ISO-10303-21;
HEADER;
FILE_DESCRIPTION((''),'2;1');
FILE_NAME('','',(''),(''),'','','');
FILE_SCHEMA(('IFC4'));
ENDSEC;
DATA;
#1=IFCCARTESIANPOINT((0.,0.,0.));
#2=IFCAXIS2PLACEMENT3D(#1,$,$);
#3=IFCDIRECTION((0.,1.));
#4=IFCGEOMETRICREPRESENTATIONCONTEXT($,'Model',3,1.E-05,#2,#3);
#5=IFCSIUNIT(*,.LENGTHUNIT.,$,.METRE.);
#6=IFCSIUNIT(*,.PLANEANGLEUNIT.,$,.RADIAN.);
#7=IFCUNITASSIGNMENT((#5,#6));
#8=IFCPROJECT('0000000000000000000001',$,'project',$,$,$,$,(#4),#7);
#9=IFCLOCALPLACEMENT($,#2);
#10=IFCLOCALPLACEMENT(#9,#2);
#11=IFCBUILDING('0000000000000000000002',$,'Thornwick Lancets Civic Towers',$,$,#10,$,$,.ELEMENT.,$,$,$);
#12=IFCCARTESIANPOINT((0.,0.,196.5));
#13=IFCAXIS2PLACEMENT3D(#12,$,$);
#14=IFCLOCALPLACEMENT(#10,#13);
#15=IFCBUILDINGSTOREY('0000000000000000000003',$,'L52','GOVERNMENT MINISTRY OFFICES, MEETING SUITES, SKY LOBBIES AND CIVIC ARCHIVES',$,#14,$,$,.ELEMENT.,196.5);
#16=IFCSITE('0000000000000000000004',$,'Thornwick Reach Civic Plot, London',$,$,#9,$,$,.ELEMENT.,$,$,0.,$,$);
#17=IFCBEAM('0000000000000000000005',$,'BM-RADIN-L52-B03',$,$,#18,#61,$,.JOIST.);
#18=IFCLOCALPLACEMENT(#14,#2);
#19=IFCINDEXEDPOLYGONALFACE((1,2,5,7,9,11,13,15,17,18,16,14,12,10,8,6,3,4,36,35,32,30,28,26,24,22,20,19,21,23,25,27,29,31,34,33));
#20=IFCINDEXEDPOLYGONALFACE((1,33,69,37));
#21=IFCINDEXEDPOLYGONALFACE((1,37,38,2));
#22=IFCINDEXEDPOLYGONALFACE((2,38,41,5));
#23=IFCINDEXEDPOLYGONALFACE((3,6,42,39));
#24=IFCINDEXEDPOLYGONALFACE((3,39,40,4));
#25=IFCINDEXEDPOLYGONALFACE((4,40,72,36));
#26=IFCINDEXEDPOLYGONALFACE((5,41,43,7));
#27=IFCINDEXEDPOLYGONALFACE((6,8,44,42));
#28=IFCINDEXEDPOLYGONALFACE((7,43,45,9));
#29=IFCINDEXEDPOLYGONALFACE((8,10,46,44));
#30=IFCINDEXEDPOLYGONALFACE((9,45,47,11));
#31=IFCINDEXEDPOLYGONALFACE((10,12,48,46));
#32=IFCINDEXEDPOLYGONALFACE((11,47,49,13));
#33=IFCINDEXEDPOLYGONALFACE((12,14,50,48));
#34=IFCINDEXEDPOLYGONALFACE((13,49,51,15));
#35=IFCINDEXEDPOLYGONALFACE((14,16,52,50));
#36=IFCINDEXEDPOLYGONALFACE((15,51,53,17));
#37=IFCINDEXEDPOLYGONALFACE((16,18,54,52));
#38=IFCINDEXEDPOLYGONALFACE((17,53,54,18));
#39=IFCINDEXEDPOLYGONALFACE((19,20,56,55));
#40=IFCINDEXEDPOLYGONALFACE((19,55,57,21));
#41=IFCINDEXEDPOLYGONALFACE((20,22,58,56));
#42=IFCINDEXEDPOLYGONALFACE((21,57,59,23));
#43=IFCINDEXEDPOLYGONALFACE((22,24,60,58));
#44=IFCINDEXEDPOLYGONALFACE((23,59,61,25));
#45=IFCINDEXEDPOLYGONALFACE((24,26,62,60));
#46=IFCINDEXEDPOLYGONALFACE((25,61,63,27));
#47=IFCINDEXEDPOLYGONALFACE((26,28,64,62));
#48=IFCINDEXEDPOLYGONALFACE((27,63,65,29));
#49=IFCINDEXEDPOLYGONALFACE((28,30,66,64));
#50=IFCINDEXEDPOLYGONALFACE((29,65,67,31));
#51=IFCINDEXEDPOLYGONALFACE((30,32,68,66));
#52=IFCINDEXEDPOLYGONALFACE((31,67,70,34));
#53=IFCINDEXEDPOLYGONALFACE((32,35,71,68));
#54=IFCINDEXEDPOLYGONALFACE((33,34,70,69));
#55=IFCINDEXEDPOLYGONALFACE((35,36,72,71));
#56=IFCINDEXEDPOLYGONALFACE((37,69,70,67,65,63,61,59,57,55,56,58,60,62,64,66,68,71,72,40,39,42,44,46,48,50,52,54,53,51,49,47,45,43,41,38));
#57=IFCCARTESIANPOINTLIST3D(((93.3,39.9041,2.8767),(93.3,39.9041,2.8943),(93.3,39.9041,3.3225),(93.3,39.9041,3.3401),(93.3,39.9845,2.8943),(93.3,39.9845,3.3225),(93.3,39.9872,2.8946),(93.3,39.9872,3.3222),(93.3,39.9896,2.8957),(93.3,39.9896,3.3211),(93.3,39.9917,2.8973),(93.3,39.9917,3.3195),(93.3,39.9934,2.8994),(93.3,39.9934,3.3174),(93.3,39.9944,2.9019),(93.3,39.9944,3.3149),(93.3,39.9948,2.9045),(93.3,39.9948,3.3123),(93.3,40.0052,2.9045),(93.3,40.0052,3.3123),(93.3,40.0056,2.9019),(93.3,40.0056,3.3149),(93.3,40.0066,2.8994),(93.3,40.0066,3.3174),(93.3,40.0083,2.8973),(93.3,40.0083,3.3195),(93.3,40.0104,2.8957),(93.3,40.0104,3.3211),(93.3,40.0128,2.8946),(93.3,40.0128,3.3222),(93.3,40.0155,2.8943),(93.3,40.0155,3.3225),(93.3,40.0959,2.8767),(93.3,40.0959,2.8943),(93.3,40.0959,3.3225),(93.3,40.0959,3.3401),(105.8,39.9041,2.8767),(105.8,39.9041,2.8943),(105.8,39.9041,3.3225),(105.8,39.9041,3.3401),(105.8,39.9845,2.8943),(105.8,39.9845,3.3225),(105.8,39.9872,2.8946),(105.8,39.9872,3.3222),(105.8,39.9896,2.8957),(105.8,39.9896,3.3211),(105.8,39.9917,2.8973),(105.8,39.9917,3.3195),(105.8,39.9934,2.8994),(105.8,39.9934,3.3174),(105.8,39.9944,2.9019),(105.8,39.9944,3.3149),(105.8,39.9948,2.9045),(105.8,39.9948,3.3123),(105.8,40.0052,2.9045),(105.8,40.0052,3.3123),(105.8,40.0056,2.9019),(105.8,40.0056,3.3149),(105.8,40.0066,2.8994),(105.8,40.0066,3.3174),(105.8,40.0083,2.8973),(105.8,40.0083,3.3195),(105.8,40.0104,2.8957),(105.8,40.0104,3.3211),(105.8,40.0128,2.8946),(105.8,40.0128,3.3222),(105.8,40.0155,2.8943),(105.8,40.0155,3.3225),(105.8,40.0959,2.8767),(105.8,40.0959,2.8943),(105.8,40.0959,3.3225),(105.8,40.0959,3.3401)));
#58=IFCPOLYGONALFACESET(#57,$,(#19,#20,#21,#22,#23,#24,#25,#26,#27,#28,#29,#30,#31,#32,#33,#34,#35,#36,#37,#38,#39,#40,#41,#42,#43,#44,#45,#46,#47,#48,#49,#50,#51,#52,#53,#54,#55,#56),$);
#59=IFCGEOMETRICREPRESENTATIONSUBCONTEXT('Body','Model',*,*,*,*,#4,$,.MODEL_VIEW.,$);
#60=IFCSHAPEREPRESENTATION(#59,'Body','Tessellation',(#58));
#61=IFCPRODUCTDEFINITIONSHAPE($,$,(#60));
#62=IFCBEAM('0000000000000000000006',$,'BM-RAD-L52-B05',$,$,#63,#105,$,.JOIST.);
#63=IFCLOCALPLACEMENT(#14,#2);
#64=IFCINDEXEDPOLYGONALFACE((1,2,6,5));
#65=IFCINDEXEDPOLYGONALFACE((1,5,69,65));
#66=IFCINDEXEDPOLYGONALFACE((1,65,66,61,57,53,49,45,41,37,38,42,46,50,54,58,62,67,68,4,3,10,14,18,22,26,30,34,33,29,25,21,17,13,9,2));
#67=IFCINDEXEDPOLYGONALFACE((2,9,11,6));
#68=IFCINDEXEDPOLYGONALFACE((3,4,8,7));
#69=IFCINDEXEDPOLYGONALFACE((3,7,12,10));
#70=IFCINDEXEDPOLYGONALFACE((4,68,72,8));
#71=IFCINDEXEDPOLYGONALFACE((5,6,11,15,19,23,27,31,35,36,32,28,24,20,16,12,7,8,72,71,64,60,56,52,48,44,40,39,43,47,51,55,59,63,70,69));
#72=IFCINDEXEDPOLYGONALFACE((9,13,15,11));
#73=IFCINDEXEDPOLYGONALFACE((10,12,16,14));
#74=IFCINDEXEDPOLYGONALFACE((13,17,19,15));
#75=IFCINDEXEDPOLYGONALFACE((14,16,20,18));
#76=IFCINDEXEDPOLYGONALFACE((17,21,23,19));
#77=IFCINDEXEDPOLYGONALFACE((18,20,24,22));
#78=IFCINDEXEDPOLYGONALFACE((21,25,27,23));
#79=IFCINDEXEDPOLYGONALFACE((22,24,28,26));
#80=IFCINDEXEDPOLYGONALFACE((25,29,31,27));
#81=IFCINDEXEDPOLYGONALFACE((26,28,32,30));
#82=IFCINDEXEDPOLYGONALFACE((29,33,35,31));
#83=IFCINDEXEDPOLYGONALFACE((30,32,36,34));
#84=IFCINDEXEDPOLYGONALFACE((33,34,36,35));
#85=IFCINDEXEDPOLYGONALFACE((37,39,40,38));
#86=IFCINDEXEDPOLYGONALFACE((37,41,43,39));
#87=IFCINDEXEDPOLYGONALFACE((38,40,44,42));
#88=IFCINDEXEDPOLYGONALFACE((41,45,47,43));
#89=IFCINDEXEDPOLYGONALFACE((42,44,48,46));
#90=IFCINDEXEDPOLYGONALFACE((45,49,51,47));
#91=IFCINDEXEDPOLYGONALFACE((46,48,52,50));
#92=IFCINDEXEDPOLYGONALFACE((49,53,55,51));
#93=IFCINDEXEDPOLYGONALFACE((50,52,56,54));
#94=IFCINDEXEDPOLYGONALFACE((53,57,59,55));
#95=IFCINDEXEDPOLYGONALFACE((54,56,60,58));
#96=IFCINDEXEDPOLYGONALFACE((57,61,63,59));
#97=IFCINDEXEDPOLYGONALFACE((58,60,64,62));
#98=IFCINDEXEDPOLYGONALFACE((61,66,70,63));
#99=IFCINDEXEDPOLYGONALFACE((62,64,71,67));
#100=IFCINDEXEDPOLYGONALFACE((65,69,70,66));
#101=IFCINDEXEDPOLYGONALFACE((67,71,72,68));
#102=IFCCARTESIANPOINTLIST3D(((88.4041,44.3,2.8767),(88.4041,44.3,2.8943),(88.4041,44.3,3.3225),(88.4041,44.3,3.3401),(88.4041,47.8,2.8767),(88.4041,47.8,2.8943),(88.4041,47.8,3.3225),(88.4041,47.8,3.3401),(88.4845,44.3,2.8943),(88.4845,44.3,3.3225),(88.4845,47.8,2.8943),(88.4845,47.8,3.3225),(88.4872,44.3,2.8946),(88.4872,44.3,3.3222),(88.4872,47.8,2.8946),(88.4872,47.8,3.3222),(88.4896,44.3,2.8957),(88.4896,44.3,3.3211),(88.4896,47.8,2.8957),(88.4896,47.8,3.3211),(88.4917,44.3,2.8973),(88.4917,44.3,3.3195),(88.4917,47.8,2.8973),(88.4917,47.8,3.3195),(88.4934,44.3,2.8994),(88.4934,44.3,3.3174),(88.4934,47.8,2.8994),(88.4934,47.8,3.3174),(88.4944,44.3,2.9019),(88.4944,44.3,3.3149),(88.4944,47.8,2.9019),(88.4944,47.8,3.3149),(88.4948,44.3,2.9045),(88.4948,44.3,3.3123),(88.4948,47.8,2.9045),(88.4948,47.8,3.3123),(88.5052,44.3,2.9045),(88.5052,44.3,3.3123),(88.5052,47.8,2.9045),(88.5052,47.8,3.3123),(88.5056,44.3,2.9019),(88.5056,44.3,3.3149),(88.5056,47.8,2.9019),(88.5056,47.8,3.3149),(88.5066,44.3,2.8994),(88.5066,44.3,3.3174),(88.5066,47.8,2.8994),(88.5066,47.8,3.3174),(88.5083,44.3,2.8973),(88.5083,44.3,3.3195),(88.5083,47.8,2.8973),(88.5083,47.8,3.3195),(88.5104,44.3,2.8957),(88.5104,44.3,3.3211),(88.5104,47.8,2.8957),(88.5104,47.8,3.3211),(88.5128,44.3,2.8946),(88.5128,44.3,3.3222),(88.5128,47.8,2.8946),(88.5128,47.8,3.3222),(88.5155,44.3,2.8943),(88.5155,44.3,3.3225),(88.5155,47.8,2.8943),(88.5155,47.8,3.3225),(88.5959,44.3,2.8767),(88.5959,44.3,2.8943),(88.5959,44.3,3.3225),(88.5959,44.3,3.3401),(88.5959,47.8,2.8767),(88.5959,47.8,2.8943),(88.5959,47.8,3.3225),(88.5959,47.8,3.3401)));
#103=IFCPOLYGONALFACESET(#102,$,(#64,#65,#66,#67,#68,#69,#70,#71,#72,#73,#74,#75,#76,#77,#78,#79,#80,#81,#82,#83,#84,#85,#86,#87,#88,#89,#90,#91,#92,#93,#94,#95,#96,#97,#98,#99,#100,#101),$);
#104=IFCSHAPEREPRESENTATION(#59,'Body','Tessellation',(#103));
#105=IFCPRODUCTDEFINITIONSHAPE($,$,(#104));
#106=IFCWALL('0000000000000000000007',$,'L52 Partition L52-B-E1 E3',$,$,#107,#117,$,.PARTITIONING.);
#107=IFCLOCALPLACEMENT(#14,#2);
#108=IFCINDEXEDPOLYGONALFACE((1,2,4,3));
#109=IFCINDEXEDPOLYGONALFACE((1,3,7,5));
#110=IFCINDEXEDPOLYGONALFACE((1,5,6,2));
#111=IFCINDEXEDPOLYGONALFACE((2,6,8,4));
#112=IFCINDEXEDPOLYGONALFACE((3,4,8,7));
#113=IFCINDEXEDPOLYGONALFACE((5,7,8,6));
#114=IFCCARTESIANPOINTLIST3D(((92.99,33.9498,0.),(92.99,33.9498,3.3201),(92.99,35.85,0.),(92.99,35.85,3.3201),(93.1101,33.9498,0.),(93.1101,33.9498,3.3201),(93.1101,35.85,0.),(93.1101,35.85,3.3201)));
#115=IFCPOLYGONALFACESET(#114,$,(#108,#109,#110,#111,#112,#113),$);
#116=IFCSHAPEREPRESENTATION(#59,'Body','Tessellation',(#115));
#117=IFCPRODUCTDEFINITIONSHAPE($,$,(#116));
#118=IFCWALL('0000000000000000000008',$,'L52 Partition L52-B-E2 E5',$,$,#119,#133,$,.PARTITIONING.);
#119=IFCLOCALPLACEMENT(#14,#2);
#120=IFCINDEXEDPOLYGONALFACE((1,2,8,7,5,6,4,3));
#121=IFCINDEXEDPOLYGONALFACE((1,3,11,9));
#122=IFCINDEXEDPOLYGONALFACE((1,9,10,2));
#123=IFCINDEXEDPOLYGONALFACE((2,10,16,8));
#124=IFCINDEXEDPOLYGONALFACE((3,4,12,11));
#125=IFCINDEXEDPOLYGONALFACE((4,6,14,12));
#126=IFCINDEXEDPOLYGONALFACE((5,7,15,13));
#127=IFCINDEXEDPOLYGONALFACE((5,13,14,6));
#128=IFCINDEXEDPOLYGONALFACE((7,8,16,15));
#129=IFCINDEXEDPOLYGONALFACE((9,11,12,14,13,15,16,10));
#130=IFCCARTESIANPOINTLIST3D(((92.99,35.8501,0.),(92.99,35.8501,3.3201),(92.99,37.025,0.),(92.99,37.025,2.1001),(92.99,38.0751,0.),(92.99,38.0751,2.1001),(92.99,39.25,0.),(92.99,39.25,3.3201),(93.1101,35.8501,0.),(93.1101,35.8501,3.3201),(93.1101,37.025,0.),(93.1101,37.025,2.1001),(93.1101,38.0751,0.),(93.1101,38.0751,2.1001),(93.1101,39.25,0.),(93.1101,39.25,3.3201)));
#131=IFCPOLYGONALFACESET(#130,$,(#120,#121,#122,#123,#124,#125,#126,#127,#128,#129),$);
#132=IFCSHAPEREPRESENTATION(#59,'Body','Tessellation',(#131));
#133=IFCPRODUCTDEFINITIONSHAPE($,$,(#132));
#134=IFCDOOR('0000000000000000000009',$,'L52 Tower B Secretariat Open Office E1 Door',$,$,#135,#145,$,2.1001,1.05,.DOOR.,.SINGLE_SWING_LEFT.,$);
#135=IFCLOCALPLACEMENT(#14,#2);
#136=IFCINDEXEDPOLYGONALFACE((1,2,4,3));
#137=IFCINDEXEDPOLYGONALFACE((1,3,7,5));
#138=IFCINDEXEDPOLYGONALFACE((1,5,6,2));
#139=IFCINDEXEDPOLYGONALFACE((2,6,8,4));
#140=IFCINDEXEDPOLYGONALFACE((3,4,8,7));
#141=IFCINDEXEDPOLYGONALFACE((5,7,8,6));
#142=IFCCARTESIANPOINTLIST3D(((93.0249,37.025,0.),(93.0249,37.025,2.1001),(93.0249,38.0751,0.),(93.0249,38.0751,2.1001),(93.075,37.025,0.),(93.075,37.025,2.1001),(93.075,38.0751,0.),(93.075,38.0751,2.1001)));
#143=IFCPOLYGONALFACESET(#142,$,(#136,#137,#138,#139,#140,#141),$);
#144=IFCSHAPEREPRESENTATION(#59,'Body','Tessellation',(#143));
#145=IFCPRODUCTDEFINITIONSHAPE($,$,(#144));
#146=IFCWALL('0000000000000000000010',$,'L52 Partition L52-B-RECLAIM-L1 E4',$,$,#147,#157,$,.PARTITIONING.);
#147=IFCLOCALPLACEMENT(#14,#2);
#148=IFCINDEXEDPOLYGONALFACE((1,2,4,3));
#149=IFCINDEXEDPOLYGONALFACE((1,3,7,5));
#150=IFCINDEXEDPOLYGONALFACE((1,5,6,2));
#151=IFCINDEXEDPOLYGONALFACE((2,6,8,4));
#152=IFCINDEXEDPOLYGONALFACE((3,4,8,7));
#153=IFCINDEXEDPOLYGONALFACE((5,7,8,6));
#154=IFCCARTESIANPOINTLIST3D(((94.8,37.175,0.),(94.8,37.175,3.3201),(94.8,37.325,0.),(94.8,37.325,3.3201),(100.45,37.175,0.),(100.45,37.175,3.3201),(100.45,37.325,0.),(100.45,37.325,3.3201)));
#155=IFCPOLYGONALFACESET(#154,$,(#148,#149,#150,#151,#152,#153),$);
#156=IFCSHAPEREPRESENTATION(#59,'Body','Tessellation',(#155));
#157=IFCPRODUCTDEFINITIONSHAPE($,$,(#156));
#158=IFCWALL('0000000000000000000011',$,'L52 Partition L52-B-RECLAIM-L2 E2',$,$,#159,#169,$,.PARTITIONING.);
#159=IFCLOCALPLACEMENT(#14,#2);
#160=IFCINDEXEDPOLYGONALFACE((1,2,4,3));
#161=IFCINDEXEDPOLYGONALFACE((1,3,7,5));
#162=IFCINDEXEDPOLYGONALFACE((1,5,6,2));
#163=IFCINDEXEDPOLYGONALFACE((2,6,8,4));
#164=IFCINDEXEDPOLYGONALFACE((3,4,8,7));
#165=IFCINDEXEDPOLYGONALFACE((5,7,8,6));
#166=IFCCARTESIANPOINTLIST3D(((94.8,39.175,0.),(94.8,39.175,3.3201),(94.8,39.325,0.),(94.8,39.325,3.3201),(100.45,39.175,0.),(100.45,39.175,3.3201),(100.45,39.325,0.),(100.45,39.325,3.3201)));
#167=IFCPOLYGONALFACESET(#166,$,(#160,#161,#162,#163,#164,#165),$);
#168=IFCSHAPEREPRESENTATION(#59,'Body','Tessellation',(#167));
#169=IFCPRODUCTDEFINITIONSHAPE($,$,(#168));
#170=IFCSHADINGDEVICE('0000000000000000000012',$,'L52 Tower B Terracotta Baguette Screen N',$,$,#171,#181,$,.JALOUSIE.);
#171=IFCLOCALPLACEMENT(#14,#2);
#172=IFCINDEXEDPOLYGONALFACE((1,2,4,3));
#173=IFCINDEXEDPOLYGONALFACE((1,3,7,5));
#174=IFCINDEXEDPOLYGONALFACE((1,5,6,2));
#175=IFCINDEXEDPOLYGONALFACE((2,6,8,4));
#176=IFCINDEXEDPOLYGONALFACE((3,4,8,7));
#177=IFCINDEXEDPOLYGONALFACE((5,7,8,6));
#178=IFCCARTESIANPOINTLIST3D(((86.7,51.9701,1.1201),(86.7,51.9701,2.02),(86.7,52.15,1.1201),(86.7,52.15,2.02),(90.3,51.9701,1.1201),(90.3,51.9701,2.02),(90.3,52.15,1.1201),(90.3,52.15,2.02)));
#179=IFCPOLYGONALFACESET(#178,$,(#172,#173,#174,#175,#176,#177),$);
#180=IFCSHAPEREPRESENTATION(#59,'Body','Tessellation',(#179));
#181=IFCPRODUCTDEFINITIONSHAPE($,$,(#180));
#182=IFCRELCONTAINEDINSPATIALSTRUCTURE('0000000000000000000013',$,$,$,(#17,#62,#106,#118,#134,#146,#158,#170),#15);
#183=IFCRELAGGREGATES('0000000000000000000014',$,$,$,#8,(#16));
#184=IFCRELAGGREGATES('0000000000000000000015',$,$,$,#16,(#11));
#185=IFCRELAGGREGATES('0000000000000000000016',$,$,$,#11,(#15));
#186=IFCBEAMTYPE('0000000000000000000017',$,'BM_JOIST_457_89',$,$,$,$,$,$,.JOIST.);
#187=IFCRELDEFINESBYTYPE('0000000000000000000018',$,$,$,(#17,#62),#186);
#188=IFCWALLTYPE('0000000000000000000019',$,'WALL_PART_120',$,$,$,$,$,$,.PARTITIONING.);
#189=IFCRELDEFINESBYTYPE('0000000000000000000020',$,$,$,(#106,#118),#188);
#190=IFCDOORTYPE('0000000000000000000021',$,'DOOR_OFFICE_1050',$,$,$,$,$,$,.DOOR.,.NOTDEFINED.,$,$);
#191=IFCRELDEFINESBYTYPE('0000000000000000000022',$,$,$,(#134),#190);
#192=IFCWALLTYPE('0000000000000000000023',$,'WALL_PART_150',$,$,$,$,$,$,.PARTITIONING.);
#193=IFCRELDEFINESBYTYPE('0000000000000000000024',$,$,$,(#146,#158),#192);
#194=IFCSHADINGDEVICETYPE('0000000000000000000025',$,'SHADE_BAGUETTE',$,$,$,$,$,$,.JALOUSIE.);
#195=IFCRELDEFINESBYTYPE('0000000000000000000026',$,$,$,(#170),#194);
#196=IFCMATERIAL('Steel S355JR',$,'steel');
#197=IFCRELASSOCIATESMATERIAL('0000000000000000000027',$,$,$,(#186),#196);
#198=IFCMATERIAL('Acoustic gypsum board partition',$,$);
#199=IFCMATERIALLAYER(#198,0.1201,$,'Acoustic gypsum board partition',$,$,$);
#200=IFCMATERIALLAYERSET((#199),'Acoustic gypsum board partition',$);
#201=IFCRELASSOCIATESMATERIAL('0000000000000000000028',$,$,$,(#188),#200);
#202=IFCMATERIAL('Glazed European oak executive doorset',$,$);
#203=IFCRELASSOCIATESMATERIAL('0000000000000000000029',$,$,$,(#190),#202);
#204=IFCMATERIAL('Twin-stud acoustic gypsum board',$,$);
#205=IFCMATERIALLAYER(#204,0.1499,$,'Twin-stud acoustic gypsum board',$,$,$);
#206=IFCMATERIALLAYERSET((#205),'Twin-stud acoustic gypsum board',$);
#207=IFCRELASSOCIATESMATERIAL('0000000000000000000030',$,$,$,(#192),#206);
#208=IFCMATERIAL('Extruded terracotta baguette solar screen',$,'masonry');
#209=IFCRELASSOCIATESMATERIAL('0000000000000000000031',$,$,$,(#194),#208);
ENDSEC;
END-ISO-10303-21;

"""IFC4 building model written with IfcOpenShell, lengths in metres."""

from ifc_helpers import new_model, si_unit, direction, frame, frame_2d, origin, origin_2d, place, context, subcontext, project, spatial, rectangle, i_section, extrude, material, layer, layer_set, material_profile, profile_set, type_object, element, fill, save


model = new_model("IFC4")

# Units and contexts
model_context = context("Model", 3, precision=1e-05, world=origin(), true_north=direction((0.0, 1.0)))
body_context = subcontext(model_context, "Body", "Model", "MODEL_VIEW")
ifc_project = project(units=[si_unit("LENGTHUNIT", "METRE"), si_unit("PLANEANGLEUNIT", "RADIAN")], contexts=[model_context])

# Site, building, storey
site_placement = place(None, origin())
site = spatial("IfcSite", under=ifc_project, at=site_placement, Name="Thornwick Reach Civic Plot, London", CompositionType="ELEMENT", RefElevation=0.0)
building_placement = place(site_placement, origin())
building = spatial("IfcBuilding", under=site, at=building_placement, Name="Thornwick Lancets Civic Towers", CompositionType="ELEMENT")
storey_placement = place(building_placement, frame((0.0, 0.0, 196.5)))
storey = spatial("IfcBuildingStorey", under=building, at=storey_placement, Name="L52", Description="GOVERNMENT MINISTRY OFFICES, MEETING SUITES, SKY LOBBIES AND CIVIC ARCHIVES", CompositionType="ELEMENT", Elevation=196.5)

# Beams
ifc_material_1 = material(Name="Steel S355JR", Category="steel")
ifc_material_profile_1 = material_profile(ifc_material_1, i_section(OverallWidth=0.1919, OverallDepth=0.4634, WebThickness=0.0105, FlangeThickness=0.0176, FilletRadius=0.0103, at=origin_2d()), Name="UKB 457x191x89")
ifc_profile_set_1 = profile_set([ifc_material_profile_1], Name="Steel S355JR")
beam_type_1 = type_object("IfcBeamType", Name="BM_JOIST_457_89", PredefinedType="JOIST", material=ifc_profile_set_1)
beam_1_placement = place(storey_placement, frame((93.3, 40.0, 3.1084), z_axis=(1.0, 0.0, 0.0), x_axis=(0.0, 1.0, 0.0)))
element("IfcBeam", 1, at=beam_1_placement, inside=storey, type_object=beam_type_1, Name="BM-RADIN-L52-B03", PredefinedType="JOIST", context=body_context, shape_type="SweptSolid", body=[
    extrude(i_section(OverallWidth=0.1919, OverallDepth=0.4634, WebThickness=0.0105, FlangeThickness=0.0176, FilletRadius=0.0103, at=origin_2d()), origin(), (0.0, 0.0, 1.0), 12.5),
])
beam_2_placement = place(storey_placement, frame((88.5, 44.3, 3.1084), z_axis=(0.0, 1.0, 0.0), x_axis=(-1.0, 0.0, 0.0)))
element("IfcBeam", 2, at=beam_2_placement, inside=storey, type_object=beam_type_1, Name="BM-RAD-L52-B05", PredefinedType="JOIST", context=body_context, shape_type="SweptSolid", body=[
    extrude(i_section(OverallWidth=0.1919, OverallDepth=0.4634, WebThickness=0.0105, FlangeThickness=0.0176, FilletRadius=0.0103, at=origin_2d()), origin(), (0.0, 0.0, 1.0), 3.5),
])

# Wall
ifc_material_2 = material(Name="Acoustic gypsum board partition")
ifc_layer_1 = layer(ifc_material_2, 0.1201, Name="Acoustic gypsum board partition")
ifc_layer_set_1 = layer_set([ifc_layer_1], Name="Acoustic gypsum board partition")
wall_type_1 = type_object("IfcWallType", Name="WALL_PART_120", PredefinedType="PARTITIONING", material=ifc_layer_set_1)
wall_1_placement = place(storey_placement, frame((93.05, 35.8501, 0.0), z_axis=(0.0, 0.0, 1.0), x_axis=(0.0, -1.0, 0.0)))
element("IfcWall", 3, at=wall_1_placement, inside=storey, type_object=wall_type_1, Name="L52 Partition L52-B-E1 E3", PredefinedType="PARTITIONING", context=body_context, shape_type="SweptSolid", body=[
    extrude(rectangle(XDim=1.9001, YDim=0.1201, at=frame_2d((0.9502, 0.0))), origin(), (0.0, 0.0, 1.0), 3.3201),
])

# Wall, opening, door
wall_2_placement = place(storey_placement, frame((93.05, 39.25, 0.0), z_axis=(0.0, 0.0, 1.0), x_axis=(0.0, -1.0, 0.0)))
wall_2 = element("IfcWall", 4, at=wall_2_placement, inside=storey, type_object=wall_type_1, Name="L52 Partition L52-B-E2 E5", PredefinedType="PARTITIONING", context=body_context, shape_type="SweptSolid", body=[
    extrude(rectangle(XDim=3.3999, YDim=0.1201, at=frame_2d((1.7, 0.0))), origin(), (0.0, 0.0, 1.0), 3.3201),
])
opening_1_placement = place(wall_2_placement, frame((1.175, 0.0, 0.0)))
opening_1 = element("IfcOpeningElement", 5, at=opening_1_placement, cuts=wall_2, PredefinedType="OPENING", context=body_context, shape_type="SweptSolid", body=[
    extrude(rectangle(XDim=1.05, YDim=2.1001, at=frame_2d((0.5249, 1.05))), frame((0.0, 0.0701, 0.0), z_axis=(0.0, -1.0, 0.0), x_axis=(1.0, 0.0, 0.0)), (0.0, 0.0, 1.0), 0.1401),
])
ifc_material_3 = material(Name="Glazed European oak executive doorset")
door_type_1 = type_object("IfcDoorType", Name="DOOR_OFFICE_1050", OperationType="NOTDEFINED", PredefinedType="DOOR", material=ifc_material_3)
door_1_placement = place(opening_1_placement, origin())
door_1 = element("IfcDoor", 6, at=door_1_placement, inside=storey, type_object=door_type_1, Name="L52 Tower B Secretariat Open Office E1 Door", OperationType="SINGLE_SWING_LEFT", OverallHeight=2.1001, OverallWidth=1.05, PredefinedType="DOOR", context=body_context, shape_type="SweptSolid", body=[
    extrude(rectangle(XDim=1.05, YDim=2.1001, at=frame_2d((0.5249, 1.05))), frame((0.0, 0.0249, 0.0), z_axis=(0.0, -1.0, 0.0), x_axis=(1.0, 0.0, 0.0)), (0.0, 0.0, 1.0), 0.05),
])
fill(opening_1, door_1)

# Wall
ifc_material_4 = material(Name="Twin-stud acoustic gypsum board")
ifc_layer_2 = layer(ifc_material_4, 0.1499, Name="Twin-stud acoustic gypsum board")
ifc_layer_set_2 = layer_set([ifc_layer_2], Name="Twin-stud acoustic gypsum board")
wall_type_2 = type_object("IfcWallType", Name="WALL_PART_150", PredefinedType="PARTITIONING", material=ifc_layer_set_2)
wall_3_placement = place(storey_placement, frame((94.8, 37.25, 0.0), z_axis=(0.0, 0.0, 1.0), x_axis=(1.0, 0.0, 0.0)))
element("IfcWall", 7, at=wall_3_placement, inside=storey, type_object=wall_type_2, Name="L52 Partition L52-B-RECLAIM-L1 E4", PredefinedType="PARTITIONING", context=body_context, shape_type="SweptSolid", body=[
    extrude(rectangle(XDim=5.6499, YDim=0.1499, at=frame_2d((2.825, 0.0))), origin(), (0.0, 0.0, 1.0), 3.3201),
])

# Wall
wall_4_placement = place(storey_placement, frame((94.8, 39.25, 0.0), z_axis=(0.0, 0.0, 1.0), x_axis=(1.0, 0.0, 0.0)))
element("IfcWall", 8, at=wall_4_placement, inside=storey, type_object=wall_type_2, Name="L52 Partition L52-B-RECLAIM-L2 E2", PredefinedType="PARTITIONING", context=body_context, shape_type="SweptSolid", body=[
    extrude(rectangle(XDim=5.6499, YDim=0.1499, at=frame_2d((2.825, 0.0))), origin(), (0.0, 0.0, 1.0), 3.3201),
])

# Shading device
ifc_material_5 = material(Name="Extruded terracotta baguette solar screen", Category="masonry")
shading_device_type = type_object("IfcShadingDeviceType", Name="SHADE_BAGUETTE", PredefinedType="JALOUSIE", material=ifc_material_5)
shading_device_placement = place(storey_placement, frame((88.5, 52.0601, 1.1201), z_axis=(0.0, 0.0, 1.0), x_axis=(1.0, 0.0, 0.0)))
element("IfcShadingDevice", 9, at=shading_device_placement, inside=storey, type_object=shading_device_type, Name="L52 Tower B Terracotta Baguette Screen N", PredefinedType="JALOUSIE", context=body_context, shape_type="SweptSolid", body=[
    extrude(rectangle(XDim=3.6001, YDim=0.1799, at=origin_2d()), origin(), (0.0, 0.0, 1.0), 0.8999),
])

save(model, "model.ifc")
